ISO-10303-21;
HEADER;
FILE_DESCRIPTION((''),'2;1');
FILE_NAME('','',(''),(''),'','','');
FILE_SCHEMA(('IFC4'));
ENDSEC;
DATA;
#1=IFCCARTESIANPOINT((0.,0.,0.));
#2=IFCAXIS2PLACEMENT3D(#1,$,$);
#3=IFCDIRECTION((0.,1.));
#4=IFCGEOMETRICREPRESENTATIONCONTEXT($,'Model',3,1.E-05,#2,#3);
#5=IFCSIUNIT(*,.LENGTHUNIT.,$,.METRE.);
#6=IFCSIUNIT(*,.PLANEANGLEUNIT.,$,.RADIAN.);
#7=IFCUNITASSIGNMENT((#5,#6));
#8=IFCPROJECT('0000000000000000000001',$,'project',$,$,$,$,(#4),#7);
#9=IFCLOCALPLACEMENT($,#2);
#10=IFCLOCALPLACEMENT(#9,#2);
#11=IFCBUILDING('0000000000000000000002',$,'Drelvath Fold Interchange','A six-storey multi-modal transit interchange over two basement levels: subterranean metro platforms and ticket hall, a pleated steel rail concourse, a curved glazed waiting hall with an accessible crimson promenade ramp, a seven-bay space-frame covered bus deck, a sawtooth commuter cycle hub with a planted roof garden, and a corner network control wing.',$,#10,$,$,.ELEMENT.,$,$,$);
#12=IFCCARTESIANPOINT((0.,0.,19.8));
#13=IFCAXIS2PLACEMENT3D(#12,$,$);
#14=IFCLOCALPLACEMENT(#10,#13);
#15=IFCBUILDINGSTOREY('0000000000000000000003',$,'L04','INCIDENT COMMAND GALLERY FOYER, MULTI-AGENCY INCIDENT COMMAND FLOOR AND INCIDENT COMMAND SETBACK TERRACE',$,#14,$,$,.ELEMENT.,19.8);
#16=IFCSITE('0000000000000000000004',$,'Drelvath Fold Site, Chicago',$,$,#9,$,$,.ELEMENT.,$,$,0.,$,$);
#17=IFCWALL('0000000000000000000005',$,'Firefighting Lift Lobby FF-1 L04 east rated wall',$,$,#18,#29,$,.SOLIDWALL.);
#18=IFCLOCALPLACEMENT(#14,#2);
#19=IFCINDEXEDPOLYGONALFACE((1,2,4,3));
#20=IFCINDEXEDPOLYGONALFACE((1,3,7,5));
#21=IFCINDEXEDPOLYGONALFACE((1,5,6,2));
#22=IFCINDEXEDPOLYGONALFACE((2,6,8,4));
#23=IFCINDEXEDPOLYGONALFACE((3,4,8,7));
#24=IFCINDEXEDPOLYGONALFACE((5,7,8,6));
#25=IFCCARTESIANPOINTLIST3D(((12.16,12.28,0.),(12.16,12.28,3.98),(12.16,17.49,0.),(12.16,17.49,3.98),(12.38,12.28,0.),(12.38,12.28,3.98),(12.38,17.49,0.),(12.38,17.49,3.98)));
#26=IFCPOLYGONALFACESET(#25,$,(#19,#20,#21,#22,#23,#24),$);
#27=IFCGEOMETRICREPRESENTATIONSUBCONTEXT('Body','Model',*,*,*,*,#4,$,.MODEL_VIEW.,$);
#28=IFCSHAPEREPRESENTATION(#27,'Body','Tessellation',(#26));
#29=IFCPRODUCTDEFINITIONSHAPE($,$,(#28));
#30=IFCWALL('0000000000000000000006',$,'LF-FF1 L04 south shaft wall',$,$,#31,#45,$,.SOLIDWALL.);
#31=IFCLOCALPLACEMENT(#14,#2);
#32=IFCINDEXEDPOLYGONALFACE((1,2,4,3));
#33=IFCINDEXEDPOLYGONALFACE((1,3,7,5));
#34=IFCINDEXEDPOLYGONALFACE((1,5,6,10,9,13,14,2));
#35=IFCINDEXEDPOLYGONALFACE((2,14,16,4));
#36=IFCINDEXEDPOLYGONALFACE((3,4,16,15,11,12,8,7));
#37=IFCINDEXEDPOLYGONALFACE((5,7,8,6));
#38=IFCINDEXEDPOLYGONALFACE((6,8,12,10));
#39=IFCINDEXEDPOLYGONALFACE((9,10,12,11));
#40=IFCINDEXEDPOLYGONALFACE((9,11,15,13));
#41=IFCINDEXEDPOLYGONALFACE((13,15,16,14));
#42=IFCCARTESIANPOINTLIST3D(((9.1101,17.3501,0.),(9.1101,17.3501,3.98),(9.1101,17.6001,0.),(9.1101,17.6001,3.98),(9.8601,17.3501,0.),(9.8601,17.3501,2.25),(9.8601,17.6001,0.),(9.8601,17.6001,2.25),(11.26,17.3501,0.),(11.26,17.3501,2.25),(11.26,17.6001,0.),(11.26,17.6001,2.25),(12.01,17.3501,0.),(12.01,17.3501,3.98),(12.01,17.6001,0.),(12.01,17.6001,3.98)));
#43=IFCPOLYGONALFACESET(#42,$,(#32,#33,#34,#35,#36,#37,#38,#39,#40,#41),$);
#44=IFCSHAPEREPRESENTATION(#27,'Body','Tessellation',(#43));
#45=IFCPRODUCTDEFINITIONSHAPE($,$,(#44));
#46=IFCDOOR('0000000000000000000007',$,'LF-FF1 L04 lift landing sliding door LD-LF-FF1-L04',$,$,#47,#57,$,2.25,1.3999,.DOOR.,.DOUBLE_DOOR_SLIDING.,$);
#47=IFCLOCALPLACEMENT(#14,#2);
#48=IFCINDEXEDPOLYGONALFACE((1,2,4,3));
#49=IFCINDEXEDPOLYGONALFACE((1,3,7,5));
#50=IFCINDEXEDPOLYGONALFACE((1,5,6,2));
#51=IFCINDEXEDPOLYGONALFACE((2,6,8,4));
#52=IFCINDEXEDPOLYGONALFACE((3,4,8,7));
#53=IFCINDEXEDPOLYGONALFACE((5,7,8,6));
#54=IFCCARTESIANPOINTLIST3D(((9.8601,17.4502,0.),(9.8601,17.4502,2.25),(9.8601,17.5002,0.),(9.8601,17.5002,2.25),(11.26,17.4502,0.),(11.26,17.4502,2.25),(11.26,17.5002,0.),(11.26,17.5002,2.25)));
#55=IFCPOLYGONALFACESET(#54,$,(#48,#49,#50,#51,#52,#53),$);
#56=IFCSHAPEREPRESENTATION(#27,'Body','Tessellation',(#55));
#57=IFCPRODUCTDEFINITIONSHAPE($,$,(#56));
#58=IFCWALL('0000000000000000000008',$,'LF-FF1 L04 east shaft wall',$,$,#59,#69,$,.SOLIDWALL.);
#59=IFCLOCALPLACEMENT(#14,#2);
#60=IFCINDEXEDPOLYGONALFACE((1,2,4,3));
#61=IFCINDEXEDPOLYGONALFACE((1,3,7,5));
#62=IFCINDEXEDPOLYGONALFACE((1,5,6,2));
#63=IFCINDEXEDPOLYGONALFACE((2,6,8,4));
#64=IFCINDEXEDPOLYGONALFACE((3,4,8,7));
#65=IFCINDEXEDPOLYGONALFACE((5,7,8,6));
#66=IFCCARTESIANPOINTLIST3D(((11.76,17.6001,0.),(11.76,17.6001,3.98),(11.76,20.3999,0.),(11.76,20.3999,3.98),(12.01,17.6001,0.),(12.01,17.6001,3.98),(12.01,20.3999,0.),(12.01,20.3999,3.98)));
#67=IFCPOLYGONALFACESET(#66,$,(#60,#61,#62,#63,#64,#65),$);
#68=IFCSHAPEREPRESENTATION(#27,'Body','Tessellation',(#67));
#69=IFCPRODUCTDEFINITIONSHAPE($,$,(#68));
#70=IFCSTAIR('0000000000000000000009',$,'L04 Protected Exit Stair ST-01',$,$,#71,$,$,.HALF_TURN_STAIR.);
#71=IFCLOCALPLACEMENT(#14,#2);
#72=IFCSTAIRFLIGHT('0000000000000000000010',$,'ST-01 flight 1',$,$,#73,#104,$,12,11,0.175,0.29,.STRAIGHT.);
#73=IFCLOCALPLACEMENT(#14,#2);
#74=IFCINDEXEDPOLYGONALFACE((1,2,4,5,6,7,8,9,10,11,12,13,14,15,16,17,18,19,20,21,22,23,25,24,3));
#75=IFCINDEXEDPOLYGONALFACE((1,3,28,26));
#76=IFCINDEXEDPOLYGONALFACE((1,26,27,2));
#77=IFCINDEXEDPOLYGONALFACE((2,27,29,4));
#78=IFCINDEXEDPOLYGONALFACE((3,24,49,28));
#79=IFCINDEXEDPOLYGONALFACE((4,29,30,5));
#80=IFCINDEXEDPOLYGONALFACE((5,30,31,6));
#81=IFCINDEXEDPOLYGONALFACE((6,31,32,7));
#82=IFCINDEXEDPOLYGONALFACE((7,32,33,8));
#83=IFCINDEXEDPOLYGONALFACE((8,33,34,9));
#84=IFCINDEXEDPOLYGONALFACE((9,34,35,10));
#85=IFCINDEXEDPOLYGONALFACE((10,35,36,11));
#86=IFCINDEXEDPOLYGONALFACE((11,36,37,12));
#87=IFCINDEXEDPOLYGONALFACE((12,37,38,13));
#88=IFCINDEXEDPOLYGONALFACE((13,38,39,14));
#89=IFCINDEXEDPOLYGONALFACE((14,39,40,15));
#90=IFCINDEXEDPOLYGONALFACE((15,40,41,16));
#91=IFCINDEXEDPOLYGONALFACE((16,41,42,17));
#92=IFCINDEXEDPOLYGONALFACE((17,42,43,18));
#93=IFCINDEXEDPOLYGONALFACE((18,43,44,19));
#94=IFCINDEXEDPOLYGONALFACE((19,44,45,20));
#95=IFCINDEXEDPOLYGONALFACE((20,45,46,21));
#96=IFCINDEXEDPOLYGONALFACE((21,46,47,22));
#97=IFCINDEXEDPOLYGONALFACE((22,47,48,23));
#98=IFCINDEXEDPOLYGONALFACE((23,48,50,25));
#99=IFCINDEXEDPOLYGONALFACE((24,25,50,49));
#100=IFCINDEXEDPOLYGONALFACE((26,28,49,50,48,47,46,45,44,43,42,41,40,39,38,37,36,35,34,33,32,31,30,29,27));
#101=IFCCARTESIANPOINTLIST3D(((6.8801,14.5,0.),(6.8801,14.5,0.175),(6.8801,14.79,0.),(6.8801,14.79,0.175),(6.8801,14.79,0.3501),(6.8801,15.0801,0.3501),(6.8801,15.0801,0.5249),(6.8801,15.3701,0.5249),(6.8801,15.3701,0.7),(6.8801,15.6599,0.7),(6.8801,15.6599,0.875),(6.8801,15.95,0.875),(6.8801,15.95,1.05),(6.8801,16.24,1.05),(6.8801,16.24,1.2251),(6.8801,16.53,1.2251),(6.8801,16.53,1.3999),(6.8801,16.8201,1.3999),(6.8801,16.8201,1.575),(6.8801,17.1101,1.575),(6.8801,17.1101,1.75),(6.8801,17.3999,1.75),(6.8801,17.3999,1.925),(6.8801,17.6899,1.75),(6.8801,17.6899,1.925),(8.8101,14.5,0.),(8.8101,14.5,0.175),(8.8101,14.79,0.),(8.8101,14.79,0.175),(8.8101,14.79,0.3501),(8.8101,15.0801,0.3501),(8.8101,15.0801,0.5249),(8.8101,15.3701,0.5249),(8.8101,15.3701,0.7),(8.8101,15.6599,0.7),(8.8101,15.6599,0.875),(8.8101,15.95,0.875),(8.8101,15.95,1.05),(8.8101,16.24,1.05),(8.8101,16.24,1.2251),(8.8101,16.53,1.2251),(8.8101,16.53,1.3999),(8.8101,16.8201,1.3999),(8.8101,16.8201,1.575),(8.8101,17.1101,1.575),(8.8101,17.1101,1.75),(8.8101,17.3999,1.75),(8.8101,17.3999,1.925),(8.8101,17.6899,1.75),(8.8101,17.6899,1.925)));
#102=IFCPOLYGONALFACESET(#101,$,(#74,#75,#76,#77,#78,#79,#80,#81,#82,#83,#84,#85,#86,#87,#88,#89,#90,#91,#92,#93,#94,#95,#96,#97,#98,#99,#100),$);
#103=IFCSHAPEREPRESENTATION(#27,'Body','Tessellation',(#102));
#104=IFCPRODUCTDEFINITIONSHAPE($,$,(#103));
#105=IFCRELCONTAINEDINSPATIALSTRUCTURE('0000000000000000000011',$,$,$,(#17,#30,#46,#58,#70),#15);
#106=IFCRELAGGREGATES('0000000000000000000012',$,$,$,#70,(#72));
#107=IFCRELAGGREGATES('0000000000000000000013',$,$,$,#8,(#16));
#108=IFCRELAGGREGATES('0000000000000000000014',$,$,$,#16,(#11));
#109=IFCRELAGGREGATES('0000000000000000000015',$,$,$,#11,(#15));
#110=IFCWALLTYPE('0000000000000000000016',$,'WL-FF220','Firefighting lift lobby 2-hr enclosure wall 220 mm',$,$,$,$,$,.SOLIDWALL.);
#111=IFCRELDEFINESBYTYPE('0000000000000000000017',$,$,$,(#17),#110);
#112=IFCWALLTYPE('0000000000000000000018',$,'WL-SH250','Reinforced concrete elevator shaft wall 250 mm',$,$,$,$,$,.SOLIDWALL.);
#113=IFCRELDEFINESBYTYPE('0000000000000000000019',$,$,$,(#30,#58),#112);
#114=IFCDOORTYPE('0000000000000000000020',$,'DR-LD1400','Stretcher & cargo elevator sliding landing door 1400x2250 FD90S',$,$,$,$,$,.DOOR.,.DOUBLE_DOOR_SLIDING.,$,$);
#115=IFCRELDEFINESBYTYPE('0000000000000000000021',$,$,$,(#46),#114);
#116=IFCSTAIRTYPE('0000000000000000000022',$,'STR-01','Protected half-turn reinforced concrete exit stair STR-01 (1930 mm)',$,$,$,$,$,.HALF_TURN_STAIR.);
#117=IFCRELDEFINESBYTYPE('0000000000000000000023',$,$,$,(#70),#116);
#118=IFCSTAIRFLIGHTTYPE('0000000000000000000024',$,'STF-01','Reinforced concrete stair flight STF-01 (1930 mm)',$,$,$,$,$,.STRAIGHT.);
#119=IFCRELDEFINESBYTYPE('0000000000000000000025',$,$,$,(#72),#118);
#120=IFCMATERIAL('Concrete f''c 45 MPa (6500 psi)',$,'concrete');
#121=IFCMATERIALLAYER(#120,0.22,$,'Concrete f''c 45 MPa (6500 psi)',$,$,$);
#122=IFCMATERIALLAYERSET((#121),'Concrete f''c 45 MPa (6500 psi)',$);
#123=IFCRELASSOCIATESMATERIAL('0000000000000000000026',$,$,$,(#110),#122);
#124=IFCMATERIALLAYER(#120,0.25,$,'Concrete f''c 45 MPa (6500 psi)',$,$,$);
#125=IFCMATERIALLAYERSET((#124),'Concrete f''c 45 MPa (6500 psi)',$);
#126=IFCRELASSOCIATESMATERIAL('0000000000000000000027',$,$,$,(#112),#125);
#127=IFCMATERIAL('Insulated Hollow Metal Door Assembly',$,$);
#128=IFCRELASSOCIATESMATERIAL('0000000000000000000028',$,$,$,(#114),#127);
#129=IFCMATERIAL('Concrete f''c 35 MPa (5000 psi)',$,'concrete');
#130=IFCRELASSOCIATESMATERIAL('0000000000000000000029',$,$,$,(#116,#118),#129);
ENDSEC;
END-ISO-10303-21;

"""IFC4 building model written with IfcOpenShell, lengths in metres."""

from ifc_helpers import new_model, si_unit, direction, frame, frame_2d, origin, place, context, subcontext, project, spatial, polyline, rectangle, outline, extrude, material, layer, layer_set, type_object, element, fill, aggregate, save


model = new_model("IFC4")

# Units and contexts
model_context = context("Model", 3, precision=1e-05, world=origin(), true_north=direction((0.0, 1.0)))
body_context = subcontext(model_context, "Body", "Model", "MODEL_VIEW")
ifc_project = project(units=[si_unit("LENGTHUNIT", "METRE"), si_unit("PLANEANGLEUNIT", "RADIAN")], contexts=[model_context])

# Site, building, storey
site_placement = place(None, origin())
site = spatial("IfcSite", under=ifc_project, at=site_placement, Name="Drelvath Fold Site, Chicago", CompositionType="ELEMENT", RefElevation=0.0)
building_placement = place(site_placement, origin())
building = spatial("IfcBuilding", under=site, at=building_placement, Name="Drelvath Fold Interchange", Description="A six-storey multi-modal transit interchange over two basement levels: subterranean metro platforms and ticket hall, a pleated steel rail concourse, a curved glazed waiting hall with an accessible crimson promenade ramp, a seven-bay space-frame covered bus deck, a sawtooth commuter cycle hub with a planted roof garden, and a corner network control wing.", CompositionType="ELEMENT")
storey_placement = place(building_placement, frame((0.0, 0.0, 19.8)))
storey = spatial("IfcBuildingStorey", under=building, at=storey_placement, Name="L04", Description="INCIDENT COMMAND GALLERY FOYER, MULTI-AGENCY INCIDENT COMMAND FLOOR AND INCIDENT COMMAND SETBACK TERRACE", CompositionType="ELEMENT", Elevation=19.8)

# Shared definitions
ifc_material_1 = material(Name="Concrete f'c 45 MPa (6500 psi)", Category="concrete")

# Shared definitions
ifc_material_2 = material(Name="Insulated Hollow Metal Door Assembly")
ifc_layer_1 = layer(ifc_material_1, 0.22, Name="Concrete f'c 45 MPa (6500 psi)")
ifc_layer_set_1 = layer_set([ifc_layer_1], Name="Concrete f'c 45 MPa (6500 psi)")
wall_type_1 = type_object("IfcWallType", Name="WL-FF220", Description="Firefighting lift lobby 2-hr enclosure wall 220 mm", PredefinedType="SOLIDWALL", material=ifc_layer_set_1)

# Wall
wall_1_placement = place(storey_placement, frame((12.27, 12.28, 0.0), z_axis=(0.0, 0.0, 1.0), x_axis=(0.0, 1.0, 0.0)))
element("IfcWall", 1, at=wall_1_placement, inside=storey, type_object=wall_type_1, Name="Firefighting Lift Lobby FF-1 L04 east rated wall", PredefinedType="SOLIDWALL", context=body_context, shape_type="SweptSolid", body=[
    extrude(rectangle(XDim=5.21, YDim=0.22, at=frame_2d((2.605, 0.0))), origin(), (0.0, 0.0, 1.0), 3.98),
])

# Wall, opening, door
ifc_layer_2 = layer(ifc_material_1, 0.25, Name="Concrete f'c 45 MPa (6500 psi)")
ifc_layer_set_2 = layer_set([ifc_layer_2], Name="Concrete f'c 45 MPa (6500 psi)")
wall_type_2 = type_object("IfcWallType", Name="WL-SH250", Description="Reinforced concrete elevator shaft wall 250 mm", PredefinedType="SOLIDWALL", material=ifc_layer_set_2)
wall_2_placement = place(storey_placement, frame((9.1101, 17.4751, 0.0), z_axis=(0.0, 0.0, 1.0), x_axis=(1.0, 0.0, 0.0)))
wall_2 = element("IfcWall", 2, at=wall_2_placement, inside=storey, type_object=wall_type_2, Name="LF-FF1 L04 south shaft wall", PredefinedType="SOLIDWALL", context=body_context, shape_type="SweptSolid", body=[
    extrude(rectangle(XDim=2.8999, YDim=0.25, at=frame_2d((1.45, 0.0))), origin(), (0.0, 0.0, 1.0), 3.98),
])
opening_1_placement = place(wall_2_placement, frame((0.75, 0.0, 0.0)))
opening_1 = element("IfcOpeningElement", 3, at=opening_1_placement, cuts=wall_2, PredefinedType="OPENING", context=body_context, shape_type="SweptSolid", body=[
    extrude(rectangle(XDim=1.3999, YDim=2.25, at=frame_2d((0.7, 1.125))), frame((0.0, 0.135, 0.0), z_axis=(0.0, -1.0, 0.0), x_axis=(1.0, 0.0, 0.0)), (0.0, 0.0, 1.0), 0.27),
])
door_type_1 = type_object("IfcDoorType", Name="DR-LD1400", Description="Stretcher & cargo elevator sliding landing door 1400x2250 FD90S", OperationType="DOUBLE_DOOR_SLIDING", PredefinedType="DOOR", material=ifc_material_2)
door_1_placement = place(opening_1_placement, frame((1.3999, 0.0, 0.0), z_axis=(0.0, 0.0, 1.0), x_axis=(-1.0, 0.0, 0.0)))
door_1 = element("IfcDoor", 4, at=door_1_placement, inside=storey, type_object=door_type_1, Name="LF-FF1 L04 lift landing sliding door LD-LF-FF1-L04", OperationType="DOUBLE_DOOR_SLIDING", OverallHeight=2.25, OverallWidth=1.3999, PredefinedType="DOOR", context=body_context, shape_type="SweptSolid", body=[
    extrude(rectangle(XDim=1.3999, YDim=2.25, at=frame_2d((0.7, 1.125))), frame((0.0, 0.0249, 0.0), z_axis=(0.0, -1.0, 0.0), x_axis=(1.0, 0.0, 0.0)), (0.0, 0.0, 1.0), 0.05),
])
fill(opening_1, door_1)

# Wall
wall_3_placement = place(storey_placement, frame((11.885, 17.6001, 0.0), z_axis=(0.0, 0.0, 1.0), x_axis=(0.0, 1.0, 0.0)))
element("IfcWall", 5, at=wall_3_placement, inside=storey, type_object=wall_type_2, Name="LF-FF1 L04 east shaft wall", PredefinedType="SOLIDWALL", context=body_context, shape_type="SweptSolid", body=[
    extrude(rectangle(XDim=2.7998, YDim=0.25, at=frame_2d((1.3999, 0.0))), origin(), (0.0, 0.0, 1.0), 3.98),
])

# Stair, stair flight
ifc_material_3 = material(Name="Concrete f'c 35 MPa (5000 psi)", Category="concrete")
stair_type = type_object("IfcStairType", Name="STR-01", Description="Protected half-turn reinforced concrete exit stair STR-01 (1930 mm)", PredefinedType="HALF_TURN_STAIR", material=ifc_material_3)
stair_placement = place(storey_placement, origin())
stair = element("IfcStair", 6, at=stair_placement, inside=storey, type_object=stair_type, Name="L04 Protected Exit Stair ST-01", PredefinedType="HALF_TURN_STAIR")
stair_flight_type = type_object("IfcStairFlightType", Name="STF-01", Description="Reinforced concrete stair flight STF-01 (1930 mm)", PredefinedType="STRAIGHT", material=ifc_material_3)
stair_flight_placement = place(storey_placement, frame((7.845, 14.5, 0.0), z_axis=(0.0, 0.0, 1.0), x_axis=(0.0, 1.0, 0.0)))
stair_flight = element("IfcStairFlight", 7, at=stair_flight_placement, type_object=stair_flight_type, Name="ST-01 flight 1", NumberOfRisers=12, NumberOfTreads=11, PredefinedType="STRAIGHT", RiserHeight=0.175, TreadLength=0.29, context=body_context, shape_type="SweptSolid", body=[
    extrude(outline(polyline([(0.0, 0.0), (0.0, 0.175), (0.29, 0.175), (0.29, 0.3501), (0.5801, 0.3501), (0.5801, 0.5249), (0.8701, 0.5249), (0.8701, 0.7), (1.1599, 0.7), (1.1599, 0.875), (1.45, 0.875), (1.45, 1.05), (1.74, 1.05), (1.74, 1.2251), (2.03, 1.2251), (2.03, 1.3999), (2.3201, 1.3999), (2.3201, 1.575), (2.6101, 1.575), (2.6101, 1.75), (2.8999, 1.75), (2.8999, 1.925), (3.1899, 1.925), (3.1899, 2.1001), (3.1899, 1.75), (0.29, 0.0), (0.0, 0.0)])), frame((0.0, 0.9648, 0.0), z_axis=(0.0, -1.0, 0.0), x_axis=(1.0, 0.0, 0.0)), (0.0, 0.0, 1.0), 1.9299),
])
aggregate(stair, [stair_flight])

save(model, "model.ifc")
